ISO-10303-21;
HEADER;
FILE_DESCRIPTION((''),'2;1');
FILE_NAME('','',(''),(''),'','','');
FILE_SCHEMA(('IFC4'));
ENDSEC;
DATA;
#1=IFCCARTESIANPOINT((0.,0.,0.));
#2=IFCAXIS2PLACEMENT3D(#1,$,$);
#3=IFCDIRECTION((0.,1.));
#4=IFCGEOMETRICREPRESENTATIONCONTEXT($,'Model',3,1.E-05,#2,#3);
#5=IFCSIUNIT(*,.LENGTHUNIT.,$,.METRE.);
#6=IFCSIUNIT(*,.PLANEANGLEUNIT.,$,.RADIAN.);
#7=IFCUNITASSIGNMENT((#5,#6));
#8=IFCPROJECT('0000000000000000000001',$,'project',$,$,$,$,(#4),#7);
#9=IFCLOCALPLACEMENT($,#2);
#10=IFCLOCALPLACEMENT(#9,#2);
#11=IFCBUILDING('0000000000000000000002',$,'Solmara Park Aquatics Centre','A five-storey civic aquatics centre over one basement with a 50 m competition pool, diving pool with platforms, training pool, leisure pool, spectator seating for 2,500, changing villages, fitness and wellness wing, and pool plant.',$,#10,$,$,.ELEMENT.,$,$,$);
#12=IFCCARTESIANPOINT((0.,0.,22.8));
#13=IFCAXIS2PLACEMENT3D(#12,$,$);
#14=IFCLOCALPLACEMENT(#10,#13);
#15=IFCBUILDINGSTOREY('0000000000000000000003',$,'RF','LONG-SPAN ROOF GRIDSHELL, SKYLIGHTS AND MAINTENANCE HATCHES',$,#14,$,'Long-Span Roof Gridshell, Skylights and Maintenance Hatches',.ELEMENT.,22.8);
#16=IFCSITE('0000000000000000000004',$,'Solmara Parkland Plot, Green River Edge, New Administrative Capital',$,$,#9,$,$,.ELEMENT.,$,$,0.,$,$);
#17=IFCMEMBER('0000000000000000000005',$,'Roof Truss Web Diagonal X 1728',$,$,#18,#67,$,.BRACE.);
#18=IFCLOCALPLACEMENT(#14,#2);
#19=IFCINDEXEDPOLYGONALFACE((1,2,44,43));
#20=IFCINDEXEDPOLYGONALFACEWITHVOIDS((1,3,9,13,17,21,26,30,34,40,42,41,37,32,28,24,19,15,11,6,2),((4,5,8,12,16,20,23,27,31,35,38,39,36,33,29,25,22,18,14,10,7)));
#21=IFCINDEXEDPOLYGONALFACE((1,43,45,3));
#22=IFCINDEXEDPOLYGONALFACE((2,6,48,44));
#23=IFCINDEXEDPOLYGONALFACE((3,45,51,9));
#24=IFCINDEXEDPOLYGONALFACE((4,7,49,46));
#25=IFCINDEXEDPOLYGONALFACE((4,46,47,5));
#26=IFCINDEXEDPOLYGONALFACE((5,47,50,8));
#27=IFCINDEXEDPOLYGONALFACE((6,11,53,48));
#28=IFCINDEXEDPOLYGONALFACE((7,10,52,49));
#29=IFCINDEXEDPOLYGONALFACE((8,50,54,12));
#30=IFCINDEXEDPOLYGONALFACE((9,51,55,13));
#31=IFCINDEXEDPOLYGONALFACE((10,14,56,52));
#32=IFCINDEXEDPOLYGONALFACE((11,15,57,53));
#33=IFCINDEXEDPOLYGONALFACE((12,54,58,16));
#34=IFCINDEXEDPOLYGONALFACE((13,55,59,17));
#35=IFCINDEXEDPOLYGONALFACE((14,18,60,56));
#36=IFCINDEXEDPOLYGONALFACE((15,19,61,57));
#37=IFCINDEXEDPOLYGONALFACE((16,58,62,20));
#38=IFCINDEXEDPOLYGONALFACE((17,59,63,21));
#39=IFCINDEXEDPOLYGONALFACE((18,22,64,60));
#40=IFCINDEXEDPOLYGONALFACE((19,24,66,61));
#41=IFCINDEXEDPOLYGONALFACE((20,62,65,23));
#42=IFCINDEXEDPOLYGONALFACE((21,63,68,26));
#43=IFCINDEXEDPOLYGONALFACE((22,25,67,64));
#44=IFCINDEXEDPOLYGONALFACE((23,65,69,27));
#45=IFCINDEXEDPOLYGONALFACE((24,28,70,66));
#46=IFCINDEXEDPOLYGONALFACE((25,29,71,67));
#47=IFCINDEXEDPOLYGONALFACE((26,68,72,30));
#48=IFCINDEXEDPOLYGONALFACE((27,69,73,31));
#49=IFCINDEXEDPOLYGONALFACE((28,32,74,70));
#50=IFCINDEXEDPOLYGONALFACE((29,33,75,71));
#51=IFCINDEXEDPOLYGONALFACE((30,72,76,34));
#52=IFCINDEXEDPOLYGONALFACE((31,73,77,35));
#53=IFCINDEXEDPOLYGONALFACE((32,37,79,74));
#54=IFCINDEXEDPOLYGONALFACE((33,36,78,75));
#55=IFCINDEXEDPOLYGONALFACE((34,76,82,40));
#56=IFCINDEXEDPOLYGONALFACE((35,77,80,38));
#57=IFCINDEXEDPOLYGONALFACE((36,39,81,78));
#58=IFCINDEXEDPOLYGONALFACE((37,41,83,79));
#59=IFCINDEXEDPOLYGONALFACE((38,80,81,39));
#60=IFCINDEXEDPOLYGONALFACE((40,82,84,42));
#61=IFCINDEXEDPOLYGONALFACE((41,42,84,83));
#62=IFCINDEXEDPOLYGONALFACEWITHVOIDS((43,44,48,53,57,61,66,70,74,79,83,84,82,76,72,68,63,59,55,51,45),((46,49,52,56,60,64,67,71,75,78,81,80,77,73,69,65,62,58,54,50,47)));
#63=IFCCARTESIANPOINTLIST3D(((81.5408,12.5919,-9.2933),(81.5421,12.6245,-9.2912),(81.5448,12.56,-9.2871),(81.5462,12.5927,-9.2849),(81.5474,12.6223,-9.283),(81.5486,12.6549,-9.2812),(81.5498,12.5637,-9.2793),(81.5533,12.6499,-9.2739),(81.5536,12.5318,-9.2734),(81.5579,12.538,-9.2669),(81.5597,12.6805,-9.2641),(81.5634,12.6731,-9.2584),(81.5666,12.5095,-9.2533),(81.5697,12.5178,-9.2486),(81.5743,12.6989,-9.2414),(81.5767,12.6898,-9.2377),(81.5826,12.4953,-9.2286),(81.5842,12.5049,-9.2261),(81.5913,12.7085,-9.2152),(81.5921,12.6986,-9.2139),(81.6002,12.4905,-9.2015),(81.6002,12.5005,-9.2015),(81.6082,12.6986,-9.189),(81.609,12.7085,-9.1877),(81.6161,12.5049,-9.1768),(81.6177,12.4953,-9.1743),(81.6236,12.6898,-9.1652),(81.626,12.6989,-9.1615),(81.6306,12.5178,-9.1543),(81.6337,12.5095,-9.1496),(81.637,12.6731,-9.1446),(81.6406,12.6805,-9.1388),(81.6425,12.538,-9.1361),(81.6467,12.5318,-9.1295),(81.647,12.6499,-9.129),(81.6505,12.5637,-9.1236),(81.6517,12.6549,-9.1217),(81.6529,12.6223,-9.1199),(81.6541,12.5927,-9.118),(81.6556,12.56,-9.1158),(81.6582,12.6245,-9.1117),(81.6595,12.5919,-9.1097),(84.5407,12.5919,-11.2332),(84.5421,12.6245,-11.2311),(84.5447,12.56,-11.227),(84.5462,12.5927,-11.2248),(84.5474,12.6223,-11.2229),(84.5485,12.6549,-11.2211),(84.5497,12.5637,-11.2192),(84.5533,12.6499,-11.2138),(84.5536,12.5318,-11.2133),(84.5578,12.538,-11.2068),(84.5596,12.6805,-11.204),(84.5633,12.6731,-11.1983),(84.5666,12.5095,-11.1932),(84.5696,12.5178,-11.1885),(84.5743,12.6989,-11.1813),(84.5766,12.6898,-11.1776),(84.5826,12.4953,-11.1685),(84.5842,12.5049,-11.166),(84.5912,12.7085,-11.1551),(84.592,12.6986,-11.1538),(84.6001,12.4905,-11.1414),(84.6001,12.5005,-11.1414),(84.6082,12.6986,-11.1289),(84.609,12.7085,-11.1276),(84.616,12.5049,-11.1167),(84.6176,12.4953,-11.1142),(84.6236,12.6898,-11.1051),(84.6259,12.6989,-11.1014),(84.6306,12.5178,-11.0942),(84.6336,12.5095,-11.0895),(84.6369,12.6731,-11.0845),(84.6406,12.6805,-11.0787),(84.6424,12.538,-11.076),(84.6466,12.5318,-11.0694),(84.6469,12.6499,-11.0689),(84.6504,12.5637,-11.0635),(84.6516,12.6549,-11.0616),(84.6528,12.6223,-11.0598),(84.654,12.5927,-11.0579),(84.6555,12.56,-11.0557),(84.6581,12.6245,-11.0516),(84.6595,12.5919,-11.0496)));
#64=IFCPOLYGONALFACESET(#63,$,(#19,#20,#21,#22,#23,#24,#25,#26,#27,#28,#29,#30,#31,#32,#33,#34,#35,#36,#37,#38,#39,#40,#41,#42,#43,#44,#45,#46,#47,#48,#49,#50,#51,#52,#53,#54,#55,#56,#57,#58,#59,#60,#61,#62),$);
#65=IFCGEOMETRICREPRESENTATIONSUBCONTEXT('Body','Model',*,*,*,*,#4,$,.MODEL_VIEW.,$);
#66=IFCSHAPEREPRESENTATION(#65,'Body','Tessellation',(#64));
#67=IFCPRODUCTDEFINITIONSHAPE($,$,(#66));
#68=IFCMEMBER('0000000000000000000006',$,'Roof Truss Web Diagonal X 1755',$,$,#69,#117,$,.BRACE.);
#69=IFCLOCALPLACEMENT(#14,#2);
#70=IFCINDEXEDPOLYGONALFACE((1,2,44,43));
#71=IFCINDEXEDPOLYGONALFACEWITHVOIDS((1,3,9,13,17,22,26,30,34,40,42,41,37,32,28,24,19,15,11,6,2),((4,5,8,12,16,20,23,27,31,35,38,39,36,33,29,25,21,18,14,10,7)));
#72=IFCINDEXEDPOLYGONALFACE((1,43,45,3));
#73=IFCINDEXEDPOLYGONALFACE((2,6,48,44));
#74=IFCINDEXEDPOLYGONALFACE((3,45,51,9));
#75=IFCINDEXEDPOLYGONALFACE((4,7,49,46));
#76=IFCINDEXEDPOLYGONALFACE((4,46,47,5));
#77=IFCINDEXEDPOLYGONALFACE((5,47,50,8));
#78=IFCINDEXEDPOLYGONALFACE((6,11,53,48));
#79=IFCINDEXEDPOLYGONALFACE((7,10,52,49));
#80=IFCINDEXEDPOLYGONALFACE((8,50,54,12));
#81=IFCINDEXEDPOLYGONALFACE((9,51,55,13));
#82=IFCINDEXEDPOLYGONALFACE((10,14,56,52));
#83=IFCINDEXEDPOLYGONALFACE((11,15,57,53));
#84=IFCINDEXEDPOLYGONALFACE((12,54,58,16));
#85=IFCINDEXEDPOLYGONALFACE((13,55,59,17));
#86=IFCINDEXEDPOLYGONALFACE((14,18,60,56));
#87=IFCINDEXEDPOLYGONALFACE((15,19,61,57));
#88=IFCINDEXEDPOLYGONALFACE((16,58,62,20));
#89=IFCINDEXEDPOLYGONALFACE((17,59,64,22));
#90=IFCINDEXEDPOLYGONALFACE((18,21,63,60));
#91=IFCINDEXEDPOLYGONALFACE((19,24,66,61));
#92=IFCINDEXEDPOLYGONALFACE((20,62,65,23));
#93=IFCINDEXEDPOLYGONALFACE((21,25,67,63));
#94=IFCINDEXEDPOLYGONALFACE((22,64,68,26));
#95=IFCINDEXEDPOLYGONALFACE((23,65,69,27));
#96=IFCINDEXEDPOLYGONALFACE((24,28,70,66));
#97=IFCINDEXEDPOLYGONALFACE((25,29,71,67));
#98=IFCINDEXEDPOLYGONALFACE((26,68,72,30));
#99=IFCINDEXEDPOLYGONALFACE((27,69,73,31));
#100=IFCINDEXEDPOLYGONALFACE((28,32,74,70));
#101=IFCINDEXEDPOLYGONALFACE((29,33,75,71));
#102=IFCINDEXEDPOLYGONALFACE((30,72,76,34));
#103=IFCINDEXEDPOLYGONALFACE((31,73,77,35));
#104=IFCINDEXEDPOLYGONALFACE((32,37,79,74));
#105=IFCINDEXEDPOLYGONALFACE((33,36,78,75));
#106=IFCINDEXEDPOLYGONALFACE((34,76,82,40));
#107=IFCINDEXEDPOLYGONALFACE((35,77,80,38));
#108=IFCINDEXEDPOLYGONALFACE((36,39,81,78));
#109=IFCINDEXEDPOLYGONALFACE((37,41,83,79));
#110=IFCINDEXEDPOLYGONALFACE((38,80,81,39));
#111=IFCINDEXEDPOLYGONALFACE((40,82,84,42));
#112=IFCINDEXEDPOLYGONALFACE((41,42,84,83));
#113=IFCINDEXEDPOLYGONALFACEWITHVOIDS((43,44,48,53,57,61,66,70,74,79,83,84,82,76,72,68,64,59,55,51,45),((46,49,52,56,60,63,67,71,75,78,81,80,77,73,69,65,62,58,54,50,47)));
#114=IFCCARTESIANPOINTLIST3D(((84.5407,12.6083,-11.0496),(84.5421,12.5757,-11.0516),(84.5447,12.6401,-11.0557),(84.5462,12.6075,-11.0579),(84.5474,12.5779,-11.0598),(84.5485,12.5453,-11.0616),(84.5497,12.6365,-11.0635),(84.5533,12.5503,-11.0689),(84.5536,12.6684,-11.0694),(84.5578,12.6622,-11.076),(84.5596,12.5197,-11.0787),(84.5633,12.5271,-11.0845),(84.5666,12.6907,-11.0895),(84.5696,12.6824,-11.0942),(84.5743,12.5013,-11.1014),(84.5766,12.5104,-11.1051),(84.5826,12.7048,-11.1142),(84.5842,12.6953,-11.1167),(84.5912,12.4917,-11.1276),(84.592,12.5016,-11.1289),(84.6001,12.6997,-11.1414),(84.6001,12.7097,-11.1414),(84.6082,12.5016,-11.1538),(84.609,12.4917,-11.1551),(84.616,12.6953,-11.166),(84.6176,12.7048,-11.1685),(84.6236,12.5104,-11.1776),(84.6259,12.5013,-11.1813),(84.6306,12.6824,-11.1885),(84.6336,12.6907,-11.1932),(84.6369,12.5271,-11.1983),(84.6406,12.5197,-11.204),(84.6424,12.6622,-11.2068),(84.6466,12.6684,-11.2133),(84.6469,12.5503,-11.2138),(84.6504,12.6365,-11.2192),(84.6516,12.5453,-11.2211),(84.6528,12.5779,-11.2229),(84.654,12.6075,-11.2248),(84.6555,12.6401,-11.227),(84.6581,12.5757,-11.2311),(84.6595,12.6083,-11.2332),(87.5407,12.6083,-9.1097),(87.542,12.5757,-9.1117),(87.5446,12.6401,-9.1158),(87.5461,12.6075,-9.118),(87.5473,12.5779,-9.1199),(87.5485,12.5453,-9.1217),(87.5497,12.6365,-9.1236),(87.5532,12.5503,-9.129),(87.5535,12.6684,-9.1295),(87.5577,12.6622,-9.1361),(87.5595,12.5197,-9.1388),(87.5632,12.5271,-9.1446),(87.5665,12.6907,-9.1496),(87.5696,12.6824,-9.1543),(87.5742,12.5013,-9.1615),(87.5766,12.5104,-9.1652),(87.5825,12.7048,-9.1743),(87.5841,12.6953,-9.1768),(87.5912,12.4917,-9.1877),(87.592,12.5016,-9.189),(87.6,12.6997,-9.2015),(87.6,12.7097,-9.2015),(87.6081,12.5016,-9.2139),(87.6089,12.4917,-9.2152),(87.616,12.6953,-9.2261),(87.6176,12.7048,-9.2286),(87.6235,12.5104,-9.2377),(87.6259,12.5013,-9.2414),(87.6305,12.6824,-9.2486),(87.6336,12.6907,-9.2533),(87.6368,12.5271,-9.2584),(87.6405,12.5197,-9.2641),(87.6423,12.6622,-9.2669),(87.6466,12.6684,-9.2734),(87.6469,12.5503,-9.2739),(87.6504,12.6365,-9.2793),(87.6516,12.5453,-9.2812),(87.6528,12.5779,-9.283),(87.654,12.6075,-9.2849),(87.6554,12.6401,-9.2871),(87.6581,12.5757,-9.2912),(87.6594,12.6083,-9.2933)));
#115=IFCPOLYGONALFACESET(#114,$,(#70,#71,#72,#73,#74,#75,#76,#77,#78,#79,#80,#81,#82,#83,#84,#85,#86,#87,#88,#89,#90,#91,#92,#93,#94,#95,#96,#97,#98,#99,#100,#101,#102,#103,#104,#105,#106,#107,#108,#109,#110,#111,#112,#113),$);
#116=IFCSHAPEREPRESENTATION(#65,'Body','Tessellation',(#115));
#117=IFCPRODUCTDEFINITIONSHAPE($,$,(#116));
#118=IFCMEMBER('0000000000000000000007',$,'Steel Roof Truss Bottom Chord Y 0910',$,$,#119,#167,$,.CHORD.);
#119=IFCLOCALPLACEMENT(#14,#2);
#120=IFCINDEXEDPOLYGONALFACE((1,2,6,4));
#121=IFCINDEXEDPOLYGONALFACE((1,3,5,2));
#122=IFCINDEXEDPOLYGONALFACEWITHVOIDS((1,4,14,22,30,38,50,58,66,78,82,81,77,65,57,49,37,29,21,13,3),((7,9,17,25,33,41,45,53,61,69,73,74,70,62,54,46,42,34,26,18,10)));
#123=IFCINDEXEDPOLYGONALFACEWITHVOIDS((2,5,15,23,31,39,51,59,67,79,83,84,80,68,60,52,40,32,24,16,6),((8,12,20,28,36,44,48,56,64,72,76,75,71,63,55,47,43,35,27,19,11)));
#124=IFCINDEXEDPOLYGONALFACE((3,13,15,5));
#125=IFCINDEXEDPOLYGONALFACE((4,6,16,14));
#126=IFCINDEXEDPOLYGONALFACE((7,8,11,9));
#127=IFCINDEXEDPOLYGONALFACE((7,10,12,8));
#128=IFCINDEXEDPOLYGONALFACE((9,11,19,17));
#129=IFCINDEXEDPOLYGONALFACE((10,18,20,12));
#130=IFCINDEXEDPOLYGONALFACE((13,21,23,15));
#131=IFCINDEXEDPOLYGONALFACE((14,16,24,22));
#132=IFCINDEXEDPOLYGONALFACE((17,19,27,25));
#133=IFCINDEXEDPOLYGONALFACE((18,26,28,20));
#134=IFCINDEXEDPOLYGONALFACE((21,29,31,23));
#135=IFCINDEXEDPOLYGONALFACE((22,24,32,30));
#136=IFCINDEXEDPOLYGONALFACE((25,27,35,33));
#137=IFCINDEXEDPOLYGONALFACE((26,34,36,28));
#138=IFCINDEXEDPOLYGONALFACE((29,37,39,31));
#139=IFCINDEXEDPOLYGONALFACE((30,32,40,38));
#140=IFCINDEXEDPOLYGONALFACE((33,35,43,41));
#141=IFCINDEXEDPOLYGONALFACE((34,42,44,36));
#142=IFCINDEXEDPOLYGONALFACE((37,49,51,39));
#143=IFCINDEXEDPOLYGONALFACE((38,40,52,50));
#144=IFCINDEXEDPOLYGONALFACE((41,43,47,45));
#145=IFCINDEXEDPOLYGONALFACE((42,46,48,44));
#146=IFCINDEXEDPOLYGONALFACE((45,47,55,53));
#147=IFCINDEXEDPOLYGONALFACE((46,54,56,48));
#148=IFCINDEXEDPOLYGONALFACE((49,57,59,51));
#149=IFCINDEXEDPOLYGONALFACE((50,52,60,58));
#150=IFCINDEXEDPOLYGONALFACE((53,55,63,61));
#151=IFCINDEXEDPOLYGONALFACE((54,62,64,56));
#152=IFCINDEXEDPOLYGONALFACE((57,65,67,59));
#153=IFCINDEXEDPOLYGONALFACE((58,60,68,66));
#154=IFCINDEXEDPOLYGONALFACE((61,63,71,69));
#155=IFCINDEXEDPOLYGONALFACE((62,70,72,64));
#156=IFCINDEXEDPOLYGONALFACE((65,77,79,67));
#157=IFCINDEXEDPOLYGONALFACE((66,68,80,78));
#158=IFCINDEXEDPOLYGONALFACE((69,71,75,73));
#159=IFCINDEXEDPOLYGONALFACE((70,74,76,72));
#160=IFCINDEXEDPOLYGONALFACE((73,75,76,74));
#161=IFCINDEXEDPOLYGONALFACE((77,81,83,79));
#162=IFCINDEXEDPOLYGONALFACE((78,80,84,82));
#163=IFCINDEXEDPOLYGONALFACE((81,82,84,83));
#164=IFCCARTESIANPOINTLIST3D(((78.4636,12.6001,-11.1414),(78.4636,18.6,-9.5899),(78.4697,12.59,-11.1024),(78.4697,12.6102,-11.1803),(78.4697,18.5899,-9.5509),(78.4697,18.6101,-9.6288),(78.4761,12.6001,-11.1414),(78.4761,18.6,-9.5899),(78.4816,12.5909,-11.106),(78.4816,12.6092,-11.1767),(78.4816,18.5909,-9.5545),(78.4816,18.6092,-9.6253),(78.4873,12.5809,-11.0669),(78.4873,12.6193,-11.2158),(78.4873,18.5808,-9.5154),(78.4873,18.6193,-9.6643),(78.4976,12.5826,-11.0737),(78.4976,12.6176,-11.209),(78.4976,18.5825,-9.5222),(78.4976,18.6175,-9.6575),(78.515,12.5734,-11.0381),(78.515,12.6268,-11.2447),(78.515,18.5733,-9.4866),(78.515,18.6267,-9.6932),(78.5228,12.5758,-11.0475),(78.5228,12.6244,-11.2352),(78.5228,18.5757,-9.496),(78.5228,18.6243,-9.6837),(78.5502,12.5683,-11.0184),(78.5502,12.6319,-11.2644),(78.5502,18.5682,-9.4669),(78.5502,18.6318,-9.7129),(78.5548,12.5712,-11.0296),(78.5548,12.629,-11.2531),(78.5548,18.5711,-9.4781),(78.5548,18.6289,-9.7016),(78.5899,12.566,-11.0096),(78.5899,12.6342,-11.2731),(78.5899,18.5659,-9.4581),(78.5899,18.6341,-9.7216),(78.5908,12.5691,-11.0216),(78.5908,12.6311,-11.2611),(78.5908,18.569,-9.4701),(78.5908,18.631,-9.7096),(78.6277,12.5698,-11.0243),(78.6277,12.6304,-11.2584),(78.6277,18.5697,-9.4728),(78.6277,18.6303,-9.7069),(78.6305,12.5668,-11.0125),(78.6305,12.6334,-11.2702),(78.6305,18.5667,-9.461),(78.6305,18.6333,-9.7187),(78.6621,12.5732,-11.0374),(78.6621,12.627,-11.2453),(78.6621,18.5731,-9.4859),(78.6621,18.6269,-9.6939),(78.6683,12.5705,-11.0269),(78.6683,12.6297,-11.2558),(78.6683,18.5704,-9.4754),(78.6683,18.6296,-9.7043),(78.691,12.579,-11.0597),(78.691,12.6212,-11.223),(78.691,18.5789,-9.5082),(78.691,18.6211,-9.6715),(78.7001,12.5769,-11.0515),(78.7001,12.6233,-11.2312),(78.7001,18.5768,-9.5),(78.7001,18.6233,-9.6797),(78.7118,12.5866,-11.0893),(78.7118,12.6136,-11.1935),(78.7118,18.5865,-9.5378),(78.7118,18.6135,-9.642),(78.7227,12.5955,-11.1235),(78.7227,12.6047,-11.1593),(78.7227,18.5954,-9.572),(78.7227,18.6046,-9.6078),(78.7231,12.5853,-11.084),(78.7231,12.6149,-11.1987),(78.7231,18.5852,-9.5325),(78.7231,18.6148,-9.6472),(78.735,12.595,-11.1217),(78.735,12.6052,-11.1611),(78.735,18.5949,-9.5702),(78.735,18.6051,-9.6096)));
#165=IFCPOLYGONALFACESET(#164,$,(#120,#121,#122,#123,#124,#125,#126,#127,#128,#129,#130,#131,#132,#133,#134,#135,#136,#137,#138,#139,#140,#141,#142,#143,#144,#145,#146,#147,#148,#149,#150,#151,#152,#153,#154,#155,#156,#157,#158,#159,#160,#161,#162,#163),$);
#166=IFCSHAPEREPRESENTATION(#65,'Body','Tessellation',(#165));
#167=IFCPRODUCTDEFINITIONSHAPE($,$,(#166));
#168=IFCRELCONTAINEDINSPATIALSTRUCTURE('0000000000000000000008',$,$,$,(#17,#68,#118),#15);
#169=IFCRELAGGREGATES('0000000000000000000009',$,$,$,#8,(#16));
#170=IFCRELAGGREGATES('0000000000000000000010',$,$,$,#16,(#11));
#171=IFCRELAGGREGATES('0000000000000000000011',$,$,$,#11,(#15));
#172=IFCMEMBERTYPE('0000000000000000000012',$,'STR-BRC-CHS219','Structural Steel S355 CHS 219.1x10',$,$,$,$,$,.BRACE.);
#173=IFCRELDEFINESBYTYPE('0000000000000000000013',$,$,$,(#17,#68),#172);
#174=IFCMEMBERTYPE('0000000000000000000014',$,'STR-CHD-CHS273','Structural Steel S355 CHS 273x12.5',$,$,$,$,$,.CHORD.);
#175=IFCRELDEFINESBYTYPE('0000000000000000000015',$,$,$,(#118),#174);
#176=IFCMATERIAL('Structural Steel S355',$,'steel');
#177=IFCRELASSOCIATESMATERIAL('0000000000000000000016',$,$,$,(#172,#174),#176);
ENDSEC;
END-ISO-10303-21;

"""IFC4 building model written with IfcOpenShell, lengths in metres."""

from ifc_helpers import new_model, si_unit, direction, frame, origin, origin_2d, place, context, subcontext, project, spatial, hollow_circle, extrude, material, material_profile, profile_set, type_object, element, save


model = new_model("IFC4")

# Units and contexts
model_context = context("Model", 3, precision=1e-05, world=origin(), true_north=direction((0.0, 1.0)))
body_context = subcontext(model_context, "Body", "Model", "MODEL_VIEW")
ifc_project = project(units=[si_unit("LENGTHUNIT", "METRE"), si_unit("PLANEANGLEUNIT", "RADIAN")], contexts=[model_context])

# Site, building, storey
site_placement = place(None, origin())
site = spatial("IfcSite", under=ifc_project, at=site_placement, Name="Solmara Parkland Plot, Green River Edge, New Administrative Capital", CompositionType="ELEMENT", RefElevation=0.0)
building_placement = place(site_placement, origin())
building = spatial("IfcBuilding", under=site, at=building_placement, Name="Solmara Park Aquatics Centre", Description="A five-storey civic aquatics centre over one basement with a 50 m competition pool, diving pool with platforms, training pool, leisure pool, spectator seating for 2,500, changing villages, fitness and wellness wing, and pool plant.", CompositionType="ELEMENT")
storey_placement = place(building_placement, frame((0.0, 0.0, 22.8)))
storey = spatial("IfcBuildingStorey", under=building, at=storey_placement, Name="RF", Description="LONG-SPAN ROOF GRIDSHELL, SKYLIGHTS AND MAINTENANCE HATCHES", LongName="Long-Span Roof Gridshell, Skylights and Maintenance Hatches", CompositionType="ELEMENT", Elevation=22.8)

# Members
ifc_material_1 = material(Name="Structural Steel S355", Category="steel")
ifc_material_profile_1 = material_profile(ifc_material_1, hollow_circle(Radius=0.1096, WallThickness=0.01, at=origin_2d()), Name="CHS 219.1x10")
ifc_profile_set_1 = profile_set([ifc_material_profile_1], Name="Structural Steel S355")
member_type_1 = type_object("IfcMemberType", Name="STR-BRC-CHS219", Description="Structural Steel S355 CHS 219.1x10", PredefinedType="BRACE", material=ifc_profile_set_1)
for number, where, z_axis, x_axis, name in (
    (1, (84.6001, 12.6001, -11.1414), (-0.839728, 0.0, 0.543008), (0.0, -1.0, 0.0), "Roof Truss Web Diagonal X 1728"),
    (2, (84.6001, 12.6001, -11.1414), (0.839728, 0.0, 0.543008), (0.0, 1.0, 0.0), "Roof Truss Web Diagonal X 1755"),
):
    element("IfcMember", number, at=place(storey_placement, frame(where, z_axis=z_axis, x_axis=x_axis)), inside=storey, type_object=member_type_1, Name=name, PredefinedType="BRACE", context=body_context, shape_type="SweptSolid", body=[
        extrude(hollow_circle(Radius=0.1096, WallThickness=0.01, at=origin_2d()), origin(), (0.0, 0.0, 1.0), 3.5725),
    ])
ifc_material_profile_2 = material_profile(ifc_material_1, hollow_circle(Radius=0.1365, WallThickness=0.0125, at=origin_2d()), Name="CHS 273x12.5")
ifc_profile_set_2 = profile_set([ifc_material_profile_2], Name="Structural Steel S355")
member_type_2 = type_object("IfcMemberType", Name="STR-CHD-CHS273", Description="Structural Steel S355 CHS 273x12.5", PredefinedType="CHORD", material=ifc_profile_set_2)
member_1_placement = place(storey_placement, frame((78.6001, 12.6001, -11.1414), z_axis=(0.0, 0.968155, 0.250351), x_axis=(-1.0, 0.0, 0.0)))
element("IfcMember", 3, at=member_1_placement, inside=storey, type_object=member_type_2, Name="Steel Roof Truss Bottom Chord Y 0910", PredefinedType="CHORD", context=body_context, shape_type="SweptSolid", body=[
    extrude(hollow_circle(Radius=0.1365, WallThickness=0.0125, at=origin_2d()), origin(), (0.0, 0.0, 1.0), 6.1973),
])

save(model, "model.ifc")
